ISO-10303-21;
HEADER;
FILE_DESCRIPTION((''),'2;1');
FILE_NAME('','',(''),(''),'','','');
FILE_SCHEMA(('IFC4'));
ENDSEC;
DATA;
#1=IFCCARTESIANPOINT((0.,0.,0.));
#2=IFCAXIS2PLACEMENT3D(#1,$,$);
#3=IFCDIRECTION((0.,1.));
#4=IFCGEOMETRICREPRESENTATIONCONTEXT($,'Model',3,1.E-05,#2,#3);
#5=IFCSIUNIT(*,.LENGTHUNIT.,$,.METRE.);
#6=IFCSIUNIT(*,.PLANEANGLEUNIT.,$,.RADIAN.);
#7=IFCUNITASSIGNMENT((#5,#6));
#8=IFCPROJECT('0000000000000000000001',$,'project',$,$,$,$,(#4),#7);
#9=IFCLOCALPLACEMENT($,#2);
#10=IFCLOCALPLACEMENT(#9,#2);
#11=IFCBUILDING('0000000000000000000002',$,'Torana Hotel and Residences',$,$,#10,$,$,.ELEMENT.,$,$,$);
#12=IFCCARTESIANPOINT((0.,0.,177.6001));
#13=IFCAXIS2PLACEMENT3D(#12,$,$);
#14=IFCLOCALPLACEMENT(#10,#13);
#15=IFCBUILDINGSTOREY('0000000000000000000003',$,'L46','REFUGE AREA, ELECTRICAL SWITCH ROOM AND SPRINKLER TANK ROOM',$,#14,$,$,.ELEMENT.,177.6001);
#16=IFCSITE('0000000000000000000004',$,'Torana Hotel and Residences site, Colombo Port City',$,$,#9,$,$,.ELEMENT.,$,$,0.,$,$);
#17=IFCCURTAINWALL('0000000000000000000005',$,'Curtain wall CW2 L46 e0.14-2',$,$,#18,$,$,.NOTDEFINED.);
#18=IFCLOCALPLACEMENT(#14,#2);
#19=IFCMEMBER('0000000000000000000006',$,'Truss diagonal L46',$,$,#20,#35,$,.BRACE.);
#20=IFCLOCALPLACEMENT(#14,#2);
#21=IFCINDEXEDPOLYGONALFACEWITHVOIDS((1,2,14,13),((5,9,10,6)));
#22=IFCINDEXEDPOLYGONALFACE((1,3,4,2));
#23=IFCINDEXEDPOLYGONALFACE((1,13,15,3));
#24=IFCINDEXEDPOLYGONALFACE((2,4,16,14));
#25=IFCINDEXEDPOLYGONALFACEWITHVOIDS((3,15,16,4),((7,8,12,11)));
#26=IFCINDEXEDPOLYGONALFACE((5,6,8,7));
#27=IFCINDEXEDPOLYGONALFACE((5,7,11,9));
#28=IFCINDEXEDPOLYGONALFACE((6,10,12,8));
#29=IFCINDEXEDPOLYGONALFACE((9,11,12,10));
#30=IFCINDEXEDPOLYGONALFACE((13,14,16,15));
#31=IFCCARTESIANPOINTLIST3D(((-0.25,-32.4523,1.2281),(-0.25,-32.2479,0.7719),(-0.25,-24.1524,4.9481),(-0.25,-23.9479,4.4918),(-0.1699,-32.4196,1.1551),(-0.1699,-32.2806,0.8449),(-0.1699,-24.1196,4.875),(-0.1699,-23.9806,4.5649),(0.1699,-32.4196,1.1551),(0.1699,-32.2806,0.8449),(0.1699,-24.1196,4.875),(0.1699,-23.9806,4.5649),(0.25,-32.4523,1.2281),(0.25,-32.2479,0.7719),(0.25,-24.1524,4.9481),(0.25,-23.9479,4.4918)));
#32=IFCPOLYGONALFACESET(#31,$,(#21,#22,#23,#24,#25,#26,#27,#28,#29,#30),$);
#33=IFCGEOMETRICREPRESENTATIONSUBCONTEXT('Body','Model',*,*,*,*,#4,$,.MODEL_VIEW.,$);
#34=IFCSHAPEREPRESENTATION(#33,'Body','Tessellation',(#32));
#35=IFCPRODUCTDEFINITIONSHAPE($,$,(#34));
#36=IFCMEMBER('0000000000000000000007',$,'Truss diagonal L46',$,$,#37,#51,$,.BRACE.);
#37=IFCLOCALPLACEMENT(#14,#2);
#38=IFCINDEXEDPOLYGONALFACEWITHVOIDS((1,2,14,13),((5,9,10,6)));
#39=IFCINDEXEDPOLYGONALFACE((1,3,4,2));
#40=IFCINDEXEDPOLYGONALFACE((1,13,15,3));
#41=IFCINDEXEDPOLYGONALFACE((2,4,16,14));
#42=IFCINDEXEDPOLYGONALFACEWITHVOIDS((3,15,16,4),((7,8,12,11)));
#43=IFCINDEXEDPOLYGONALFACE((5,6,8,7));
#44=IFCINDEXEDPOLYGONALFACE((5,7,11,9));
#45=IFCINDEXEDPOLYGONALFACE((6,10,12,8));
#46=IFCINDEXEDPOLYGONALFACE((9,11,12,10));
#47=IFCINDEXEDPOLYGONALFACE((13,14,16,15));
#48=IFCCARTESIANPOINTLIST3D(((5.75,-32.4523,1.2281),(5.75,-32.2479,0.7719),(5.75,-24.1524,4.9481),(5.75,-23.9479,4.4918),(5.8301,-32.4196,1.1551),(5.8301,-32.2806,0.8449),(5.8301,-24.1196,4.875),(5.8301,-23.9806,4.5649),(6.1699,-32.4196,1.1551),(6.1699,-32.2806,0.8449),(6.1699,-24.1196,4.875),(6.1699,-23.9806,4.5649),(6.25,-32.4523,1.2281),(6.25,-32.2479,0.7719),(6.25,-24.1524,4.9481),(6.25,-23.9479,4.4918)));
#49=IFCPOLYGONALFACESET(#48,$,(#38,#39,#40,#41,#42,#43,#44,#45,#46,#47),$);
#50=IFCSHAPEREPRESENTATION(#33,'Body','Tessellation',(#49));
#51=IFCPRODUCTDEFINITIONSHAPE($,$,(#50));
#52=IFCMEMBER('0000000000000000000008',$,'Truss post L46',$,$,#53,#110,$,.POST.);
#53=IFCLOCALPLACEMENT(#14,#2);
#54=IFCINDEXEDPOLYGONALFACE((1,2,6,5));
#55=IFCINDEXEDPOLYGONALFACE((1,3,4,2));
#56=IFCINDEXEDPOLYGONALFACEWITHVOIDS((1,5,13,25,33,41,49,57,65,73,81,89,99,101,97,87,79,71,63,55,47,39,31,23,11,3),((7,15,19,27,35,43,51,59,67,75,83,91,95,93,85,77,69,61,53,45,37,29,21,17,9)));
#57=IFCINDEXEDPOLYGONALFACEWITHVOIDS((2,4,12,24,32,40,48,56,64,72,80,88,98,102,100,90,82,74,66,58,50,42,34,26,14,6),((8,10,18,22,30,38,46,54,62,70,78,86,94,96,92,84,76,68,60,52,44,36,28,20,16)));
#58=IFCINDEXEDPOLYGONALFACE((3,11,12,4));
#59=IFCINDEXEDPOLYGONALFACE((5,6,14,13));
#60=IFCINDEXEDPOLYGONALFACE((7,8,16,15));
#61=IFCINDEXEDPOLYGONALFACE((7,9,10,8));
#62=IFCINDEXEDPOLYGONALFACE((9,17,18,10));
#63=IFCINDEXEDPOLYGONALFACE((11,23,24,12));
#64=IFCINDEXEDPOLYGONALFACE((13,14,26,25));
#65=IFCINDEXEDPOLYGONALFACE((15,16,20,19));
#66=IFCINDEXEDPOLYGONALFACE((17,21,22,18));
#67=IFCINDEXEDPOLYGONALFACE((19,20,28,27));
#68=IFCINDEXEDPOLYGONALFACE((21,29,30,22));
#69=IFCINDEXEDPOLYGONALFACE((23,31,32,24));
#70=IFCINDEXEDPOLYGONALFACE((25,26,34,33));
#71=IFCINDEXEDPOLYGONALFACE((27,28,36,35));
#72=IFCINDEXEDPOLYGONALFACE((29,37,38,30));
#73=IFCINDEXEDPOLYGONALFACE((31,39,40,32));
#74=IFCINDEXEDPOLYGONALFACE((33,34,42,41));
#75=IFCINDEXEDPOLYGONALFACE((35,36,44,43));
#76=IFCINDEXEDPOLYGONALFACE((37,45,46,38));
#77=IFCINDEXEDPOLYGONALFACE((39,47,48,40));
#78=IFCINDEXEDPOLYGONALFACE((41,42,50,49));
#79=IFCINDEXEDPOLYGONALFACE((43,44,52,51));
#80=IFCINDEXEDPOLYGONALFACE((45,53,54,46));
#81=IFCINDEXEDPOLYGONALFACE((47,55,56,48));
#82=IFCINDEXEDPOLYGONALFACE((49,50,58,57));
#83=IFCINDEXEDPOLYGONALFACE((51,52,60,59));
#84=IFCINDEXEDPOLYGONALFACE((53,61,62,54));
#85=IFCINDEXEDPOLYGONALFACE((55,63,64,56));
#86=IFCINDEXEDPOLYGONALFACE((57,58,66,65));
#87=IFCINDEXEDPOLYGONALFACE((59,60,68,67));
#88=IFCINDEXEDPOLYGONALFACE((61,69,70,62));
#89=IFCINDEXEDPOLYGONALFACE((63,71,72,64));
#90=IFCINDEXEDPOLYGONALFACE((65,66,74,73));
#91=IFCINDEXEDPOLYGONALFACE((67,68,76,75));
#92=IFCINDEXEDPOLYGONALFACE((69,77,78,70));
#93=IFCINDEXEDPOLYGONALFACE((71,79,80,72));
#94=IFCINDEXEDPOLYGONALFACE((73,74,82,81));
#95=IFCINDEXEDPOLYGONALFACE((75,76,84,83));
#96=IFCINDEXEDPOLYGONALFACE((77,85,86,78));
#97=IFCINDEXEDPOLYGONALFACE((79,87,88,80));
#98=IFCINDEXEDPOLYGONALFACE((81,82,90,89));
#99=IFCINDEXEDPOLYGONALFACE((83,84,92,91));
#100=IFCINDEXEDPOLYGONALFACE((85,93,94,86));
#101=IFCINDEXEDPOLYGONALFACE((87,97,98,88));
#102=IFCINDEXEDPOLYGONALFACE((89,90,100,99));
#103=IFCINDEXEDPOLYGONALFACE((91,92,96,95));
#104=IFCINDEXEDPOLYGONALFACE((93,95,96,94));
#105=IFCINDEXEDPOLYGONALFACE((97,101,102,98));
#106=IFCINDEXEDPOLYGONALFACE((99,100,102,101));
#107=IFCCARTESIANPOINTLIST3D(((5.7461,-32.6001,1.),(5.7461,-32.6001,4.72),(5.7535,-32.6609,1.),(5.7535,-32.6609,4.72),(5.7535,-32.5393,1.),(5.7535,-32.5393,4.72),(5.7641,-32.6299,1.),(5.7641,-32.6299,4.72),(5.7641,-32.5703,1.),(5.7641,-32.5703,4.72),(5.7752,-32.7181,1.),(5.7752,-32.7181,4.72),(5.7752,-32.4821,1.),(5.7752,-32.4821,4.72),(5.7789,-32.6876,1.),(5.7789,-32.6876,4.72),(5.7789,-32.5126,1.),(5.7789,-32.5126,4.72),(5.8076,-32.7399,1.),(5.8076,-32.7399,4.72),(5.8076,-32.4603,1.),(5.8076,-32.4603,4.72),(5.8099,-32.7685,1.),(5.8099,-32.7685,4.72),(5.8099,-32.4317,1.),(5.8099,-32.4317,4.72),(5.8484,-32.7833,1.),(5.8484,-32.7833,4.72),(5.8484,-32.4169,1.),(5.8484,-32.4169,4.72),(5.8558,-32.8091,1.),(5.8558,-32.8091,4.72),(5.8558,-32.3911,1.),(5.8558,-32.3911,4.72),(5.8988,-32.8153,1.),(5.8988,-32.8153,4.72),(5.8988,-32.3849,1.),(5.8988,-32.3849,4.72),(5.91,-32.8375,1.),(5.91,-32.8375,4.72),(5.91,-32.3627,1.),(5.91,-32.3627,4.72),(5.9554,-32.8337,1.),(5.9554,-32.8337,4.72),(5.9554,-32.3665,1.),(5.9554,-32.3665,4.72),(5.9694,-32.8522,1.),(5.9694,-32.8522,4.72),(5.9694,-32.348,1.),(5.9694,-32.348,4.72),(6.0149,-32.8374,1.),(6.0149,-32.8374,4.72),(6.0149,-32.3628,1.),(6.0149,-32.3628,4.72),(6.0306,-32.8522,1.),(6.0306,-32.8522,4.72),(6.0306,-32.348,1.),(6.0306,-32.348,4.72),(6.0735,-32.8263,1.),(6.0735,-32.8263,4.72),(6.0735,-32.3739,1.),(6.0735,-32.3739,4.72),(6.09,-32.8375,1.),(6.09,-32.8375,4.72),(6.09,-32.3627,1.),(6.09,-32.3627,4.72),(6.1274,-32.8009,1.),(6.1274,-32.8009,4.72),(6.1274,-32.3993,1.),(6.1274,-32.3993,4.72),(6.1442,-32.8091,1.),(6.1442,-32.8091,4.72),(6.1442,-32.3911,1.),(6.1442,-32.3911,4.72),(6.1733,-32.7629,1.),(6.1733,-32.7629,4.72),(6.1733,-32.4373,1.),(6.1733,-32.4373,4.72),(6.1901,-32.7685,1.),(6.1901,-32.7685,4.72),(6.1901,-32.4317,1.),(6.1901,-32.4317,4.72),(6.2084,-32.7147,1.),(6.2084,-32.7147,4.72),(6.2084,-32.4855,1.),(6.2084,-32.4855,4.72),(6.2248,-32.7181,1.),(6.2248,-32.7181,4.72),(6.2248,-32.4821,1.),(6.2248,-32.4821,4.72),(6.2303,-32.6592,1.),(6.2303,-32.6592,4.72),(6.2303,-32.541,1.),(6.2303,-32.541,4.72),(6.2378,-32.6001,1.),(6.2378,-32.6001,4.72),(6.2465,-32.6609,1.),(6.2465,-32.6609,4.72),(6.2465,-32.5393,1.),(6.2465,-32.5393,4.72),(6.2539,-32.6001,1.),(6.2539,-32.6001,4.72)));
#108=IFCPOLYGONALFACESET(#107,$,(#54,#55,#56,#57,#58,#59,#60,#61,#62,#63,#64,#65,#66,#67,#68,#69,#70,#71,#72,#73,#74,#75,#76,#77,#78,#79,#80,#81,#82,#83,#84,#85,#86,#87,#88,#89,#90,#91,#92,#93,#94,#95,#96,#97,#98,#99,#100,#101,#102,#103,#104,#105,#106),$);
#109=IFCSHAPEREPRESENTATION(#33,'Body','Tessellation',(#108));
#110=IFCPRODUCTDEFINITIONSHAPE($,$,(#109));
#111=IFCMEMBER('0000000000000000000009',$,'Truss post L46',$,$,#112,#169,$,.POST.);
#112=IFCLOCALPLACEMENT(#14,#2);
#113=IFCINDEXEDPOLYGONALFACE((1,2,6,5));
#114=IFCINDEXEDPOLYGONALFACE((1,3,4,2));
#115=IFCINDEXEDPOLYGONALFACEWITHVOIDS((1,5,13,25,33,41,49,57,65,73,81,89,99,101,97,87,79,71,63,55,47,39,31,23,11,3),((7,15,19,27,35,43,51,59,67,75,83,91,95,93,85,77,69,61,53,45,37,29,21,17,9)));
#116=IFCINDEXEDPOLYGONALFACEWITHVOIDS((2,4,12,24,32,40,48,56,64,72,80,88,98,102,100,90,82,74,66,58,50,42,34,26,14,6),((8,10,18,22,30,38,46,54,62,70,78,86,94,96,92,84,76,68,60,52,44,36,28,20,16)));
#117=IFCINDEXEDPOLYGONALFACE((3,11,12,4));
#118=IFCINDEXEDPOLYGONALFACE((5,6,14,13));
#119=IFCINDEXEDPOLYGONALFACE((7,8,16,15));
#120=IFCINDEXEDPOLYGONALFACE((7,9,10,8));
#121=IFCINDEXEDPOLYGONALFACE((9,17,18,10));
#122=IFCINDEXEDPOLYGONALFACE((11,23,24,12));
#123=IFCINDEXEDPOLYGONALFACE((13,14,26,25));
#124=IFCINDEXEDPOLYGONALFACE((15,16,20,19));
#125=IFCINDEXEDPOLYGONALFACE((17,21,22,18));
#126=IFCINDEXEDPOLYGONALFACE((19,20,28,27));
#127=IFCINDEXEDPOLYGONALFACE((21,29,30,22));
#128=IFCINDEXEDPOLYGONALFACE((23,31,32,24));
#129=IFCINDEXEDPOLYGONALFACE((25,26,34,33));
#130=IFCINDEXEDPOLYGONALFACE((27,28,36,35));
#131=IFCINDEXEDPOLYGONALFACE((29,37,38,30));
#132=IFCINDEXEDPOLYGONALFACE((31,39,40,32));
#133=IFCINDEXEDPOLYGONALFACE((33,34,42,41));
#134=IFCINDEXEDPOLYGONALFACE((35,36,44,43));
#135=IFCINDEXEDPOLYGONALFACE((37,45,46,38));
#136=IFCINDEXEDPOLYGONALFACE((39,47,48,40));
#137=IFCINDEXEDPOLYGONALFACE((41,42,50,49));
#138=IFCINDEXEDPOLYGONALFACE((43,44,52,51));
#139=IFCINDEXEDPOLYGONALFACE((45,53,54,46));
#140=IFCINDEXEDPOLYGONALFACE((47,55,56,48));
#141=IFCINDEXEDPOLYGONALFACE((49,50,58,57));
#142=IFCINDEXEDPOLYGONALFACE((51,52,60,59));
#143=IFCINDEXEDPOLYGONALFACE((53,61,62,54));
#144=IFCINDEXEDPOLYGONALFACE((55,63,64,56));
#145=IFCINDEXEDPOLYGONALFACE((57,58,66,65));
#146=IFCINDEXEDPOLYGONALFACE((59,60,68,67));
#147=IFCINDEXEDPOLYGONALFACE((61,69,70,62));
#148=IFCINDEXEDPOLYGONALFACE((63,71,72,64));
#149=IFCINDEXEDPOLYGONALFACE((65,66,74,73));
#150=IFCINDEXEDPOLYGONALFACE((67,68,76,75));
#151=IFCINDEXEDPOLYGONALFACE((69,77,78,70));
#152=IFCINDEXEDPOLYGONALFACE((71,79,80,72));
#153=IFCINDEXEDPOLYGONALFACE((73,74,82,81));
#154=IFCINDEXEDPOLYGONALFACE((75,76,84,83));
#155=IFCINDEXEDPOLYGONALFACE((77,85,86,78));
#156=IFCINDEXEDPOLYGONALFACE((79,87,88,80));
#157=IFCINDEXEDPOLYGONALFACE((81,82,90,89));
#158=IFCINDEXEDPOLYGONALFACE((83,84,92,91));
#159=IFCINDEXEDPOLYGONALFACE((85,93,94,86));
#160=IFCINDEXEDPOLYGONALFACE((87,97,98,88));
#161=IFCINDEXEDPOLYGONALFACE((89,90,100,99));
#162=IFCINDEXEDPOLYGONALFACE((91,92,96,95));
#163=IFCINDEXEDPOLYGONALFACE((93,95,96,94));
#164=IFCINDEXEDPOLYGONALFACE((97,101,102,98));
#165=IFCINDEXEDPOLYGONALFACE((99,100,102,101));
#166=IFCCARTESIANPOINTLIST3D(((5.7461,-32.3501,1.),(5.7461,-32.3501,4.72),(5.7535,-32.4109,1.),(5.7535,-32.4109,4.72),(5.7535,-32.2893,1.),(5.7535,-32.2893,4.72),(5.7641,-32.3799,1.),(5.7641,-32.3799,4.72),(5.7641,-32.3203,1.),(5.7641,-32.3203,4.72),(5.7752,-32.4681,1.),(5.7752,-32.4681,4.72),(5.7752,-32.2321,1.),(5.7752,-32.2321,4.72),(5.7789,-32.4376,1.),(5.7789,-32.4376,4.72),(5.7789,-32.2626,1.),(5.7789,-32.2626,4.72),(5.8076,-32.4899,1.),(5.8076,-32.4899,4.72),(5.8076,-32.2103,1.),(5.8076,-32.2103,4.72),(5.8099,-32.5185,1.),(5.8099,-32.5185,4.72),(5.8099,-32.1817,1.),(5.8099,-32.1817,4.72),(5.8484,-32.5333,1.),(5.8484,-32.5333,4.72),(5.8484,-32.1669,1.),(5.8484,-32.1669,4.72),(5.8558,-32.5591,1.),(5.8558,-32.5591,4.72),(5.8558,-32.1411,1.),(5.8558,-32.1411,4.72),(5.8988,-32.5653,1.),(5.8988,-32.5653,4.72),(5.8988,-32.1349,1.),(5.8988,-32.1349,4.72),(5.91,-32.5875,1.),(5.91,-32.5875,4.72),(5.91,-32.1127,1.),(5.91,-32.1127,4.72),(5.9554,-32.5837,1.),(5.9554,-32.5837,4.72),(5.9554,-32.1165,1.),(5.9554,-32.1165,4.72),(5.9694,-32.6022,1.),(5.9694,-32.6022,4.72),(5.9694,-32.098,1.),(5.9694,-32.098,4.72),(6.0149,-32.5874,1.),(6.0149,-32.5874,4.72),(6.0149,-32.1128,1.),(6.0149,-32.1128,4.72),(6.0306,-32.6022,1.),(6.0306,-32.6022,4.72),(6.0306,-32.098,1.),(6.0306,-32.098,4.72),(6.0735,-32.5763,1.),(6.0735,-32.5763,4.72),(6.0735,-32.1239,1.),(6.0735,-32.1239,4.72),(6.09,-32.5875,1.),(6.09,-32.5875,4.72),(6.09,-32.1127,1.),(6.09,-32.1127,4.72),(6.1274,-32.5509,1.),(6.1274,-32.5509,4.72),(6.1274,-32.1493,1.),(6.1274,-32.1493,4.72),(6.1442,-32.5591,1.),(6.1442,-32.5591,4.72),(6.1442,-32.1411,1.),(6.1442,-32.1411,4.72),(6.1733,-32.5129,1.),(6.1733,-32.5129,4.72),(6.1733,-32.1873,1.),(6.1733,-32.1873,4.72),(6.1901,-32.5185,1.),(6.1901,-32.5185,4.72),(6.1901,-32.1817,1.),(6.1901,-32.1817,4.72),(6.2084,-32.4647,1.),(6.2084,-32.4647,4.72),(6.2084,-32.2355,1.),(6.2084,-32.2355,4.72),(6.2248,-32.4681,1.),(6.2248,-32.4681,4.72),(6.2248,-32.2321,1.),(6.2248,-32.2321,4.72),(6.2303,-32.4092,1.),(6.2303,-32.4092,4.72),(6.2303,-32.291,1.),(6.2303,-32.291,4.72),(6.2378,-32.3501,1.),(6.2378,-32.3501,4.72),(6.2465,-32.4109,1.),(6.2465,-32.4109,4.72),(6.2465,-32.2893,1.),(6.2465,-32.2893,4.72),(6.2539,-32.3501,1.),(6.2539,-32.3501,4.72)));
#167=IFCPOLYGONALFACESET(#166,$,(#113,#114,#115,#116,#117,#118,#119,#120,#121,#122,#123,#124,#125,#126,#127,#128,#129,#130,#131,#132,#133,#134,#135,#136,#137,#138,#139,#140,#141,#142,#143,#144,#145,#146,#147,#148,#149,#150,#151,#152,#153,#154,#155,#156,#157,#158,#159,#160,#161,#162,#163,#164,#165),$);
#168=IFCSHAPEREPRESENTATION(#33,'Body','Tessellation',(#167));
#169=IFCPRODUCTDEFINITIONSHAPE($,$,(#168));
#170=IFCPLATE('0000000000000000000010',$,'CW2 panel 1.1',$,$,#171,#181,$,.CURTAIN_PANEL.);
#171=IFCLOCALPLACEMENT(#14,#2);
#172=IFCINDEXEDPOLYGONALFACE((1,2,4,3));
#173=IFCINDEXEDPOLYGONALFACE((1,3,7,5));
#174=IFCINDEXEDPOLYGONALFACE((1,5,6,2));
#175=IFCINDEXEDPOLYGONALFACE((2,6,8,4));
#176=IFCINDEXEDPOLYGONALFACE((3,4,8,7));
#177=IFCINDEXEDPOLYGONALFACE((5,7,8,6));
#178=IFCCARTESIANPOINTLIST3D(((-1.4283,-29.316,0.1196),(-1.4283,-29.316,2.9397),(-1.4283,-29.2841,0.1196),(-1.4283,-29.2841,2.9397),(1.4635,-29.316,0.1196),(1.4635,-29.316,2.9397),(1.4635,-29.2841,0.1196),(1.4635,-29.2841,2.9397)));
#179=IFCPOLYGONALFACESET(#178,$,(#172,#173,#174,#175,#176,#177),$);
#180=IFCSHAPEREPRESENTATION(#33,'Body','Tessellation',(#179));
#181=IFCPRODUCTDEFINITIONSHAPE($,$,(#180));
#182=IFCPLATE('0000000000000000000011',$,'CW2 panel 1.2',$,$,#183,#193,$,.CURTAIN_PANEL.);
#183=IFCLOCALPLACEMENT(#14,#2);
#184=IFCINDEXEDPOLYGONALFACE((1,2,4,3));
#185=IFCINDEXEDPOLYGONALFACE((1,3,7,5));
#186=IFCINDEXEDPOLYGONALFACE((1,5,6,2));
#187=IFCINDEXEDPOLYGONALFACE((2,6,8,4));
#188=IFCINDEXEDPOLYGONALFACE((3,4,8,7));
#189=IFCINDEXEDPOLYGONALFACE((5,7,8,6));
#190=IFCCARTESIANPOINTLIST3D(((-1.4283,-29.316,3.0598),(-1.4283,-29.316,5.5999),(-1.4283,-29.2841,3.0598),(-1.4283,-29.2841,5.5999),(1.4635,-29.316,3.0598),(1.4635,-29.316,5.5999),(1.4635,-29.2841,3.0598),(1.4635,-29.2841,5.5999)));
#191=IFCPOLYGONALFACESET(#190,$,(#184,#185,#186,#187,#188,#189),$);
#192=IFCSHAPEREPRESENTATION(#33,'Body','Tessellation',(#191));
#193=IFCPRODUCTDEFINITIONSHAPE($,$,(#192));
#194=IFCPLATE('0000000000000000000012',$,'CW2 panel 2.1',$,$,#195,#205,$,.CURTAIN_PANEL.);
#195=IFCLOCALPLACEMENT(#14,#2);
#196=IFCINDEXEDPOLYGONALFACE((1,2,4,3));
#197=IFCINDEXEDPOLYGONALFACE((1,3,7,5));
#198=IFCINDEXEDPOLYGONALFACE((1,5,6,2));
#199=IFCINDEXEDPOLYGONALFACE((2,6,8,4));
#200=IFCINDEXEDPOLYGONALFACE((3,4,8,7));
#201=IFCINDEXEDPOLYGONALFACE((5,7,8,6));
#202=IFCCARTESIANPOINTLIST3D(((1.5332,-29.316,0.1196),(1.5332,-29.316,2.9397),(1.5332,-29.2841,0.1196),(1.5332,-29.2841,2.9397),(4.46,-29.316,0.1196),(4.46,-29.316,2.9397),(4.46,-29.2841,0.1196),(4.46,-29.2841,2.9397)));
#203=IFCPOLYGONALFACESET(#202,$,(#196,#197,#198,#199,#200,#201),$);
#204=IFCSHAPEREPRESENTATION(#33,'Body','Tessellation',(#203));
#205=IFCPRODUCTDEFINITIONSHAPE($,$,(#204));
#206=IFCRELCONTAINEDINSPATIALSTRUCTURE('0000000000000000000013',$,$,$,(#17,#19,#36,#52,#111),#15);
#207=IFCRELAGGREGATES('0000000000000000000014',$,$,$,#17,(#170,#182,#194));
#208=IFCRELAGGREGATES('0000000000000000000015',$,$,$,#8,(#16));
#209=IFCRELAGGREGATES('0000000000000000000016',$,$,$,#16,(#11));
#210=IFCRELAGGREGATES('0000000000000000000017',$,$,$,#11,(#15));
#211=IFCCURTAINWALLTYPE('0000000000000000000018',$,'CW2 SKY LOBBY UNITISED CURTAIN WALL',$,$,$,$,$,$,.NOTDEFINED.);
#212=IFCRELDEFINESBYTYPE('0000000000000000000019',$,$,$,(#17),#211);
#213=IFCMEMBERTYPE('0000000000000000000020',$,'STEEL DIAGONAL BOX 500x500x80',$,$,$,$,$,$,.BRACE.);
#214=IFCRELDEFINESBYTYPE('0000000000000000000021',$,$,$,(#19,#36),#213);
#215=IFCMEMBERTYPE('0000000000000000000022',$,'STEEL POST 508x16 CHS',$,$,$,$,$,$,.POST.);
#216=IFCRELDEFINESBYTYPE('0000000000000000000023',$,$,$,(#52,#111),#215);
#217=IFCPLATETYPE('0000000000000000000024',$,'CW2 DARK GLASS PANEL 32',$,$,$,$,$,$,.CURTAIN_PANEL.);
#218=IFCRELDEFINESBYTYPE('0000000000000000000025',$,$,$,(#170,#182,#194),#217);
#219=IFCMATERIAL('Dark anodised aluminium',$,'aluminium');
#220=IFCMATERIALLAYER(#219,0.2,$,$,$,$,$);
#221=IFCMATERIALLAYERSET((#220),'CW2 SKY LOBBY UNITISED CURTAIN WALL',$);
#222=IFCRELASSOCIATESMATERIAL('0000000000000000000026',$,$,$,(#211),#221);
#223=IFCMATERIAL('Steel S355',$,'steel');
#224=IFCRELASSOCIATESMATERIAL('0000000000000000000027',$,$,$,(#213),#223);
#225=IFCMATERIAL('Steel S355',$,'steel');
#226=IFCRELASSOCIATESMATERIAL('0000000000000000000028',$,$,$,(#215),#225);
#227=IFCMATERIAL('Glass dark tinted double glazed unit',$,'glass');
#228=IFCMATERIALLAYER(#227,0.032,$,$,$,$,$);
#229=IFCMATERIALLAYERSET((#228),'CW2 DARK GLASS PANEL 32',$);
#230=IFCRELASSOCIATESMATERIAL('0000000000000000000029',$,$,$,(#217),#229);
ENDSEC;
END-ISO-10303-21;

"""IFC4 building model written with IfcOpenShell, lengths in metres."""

from ifc_helpers import new_model, si_unit, direction, frame, origin, origin_2d, place, context, subcontext, project, spatial, rectangle, hollow_rectangle, hollow_circle, extrude, material, layer, layer_set, material_profile, profile_set, type_object, element, aggregate, save


model = new_model("IFC4")

# Units and contexts
model_context = context("Model", 3, precision=1e-05, world=origin(), true_north=direction((0.0, 1.0)))
body_context = subcontext(model_context, "Body", "Model", "MODEL_VIEW")
ifc_project = project(units=[si_unit("LENGTHUNIT", "METRE"), si_unit("PLANEANGLEUNIT", "RADIAN")], contexts=[model_context])

# Site, building, storey
site_placement = place(None, origin())
site = spatial("IfcSite", under=ifc_project, at=site_placement, Name="Torana Hotel and Residences site, Colombo Port City", CompositionType="ELEMENT", RefElevation=0.0)
building_placement = place(site_placement, origin())
building = spatial("IfcBuilding", under=site, at=building_placement, Name="Torana Hotel and Residences", CompositionType="ELEMENT")
storey_placement = place(building_placement, frame((0.0, 0.0, 177.6001)))
storey = spatial("IfcBuildingStorey", under=building, at=storey_placement, Name="L46", Description="REFUGE AREA, ELECTRICAL SWITCH ROOM AND SPRINKLER TANK ROOM", CompositionType="ELEMENT", Elevation=177.6001)

# Curtain wall
ifc_material_1 = material(Name="Dark anodised aluminium", Category="aluminium")
ifc_layer_1 = layer(ifc_material_1, 0.2)
ifc_layer_set_1 = layer_set([ifc_layer_1], Name="CW2 SKY LOBBY UNITISED CURTAIN WALL")
curtain_wall_type = type_object("IfcCurtainWallType", Name="CW2 SKY LOBBY UNITISED CURTAIN WALL", PredefinedType="NOTDEFINED", material=ifc_layer_set_1)
curtain_wall_placement = place(storey_placement, origin())
curtain_wall = element("IfcCurtainWall", 1, at=curtain_wall_placement, inside=storey, type_object=curtain_wall_type, Name="Curtain wall CW2 L46 e0.14-2", PredefinedType="NOTDEFINED")

# Members
ifc_material_2 = material(Name="Steel S355", Category="steel")
ifc_material_profile_1 = material_profile(ifc_material_2, hollow_rectangle(XDim=0.5, YDim=0.5, WallThickness=0.0801, at=origin_2d()), Name="BOX 500x500x80")
ifc_profile_set_1 = profile_set([ifc_material_profile_1], Name="Steel S355")
member_type_1 = type_object("IfcMemberType", Name="STEEL DIAGONAL BOX 500x500x80", PredefinedType="BRACE", material=ifc_profile_set_1)
for number, where, z_axis, x_axis, name in (
    (2, (0.0, -32.3501, 1.0), (0.0, 0.91254, 0.408988), (-1.0, 0.0, 0.0), "Truss diagonal L46"),
    (3, (6.0, -32.3501, 1.0), (0.0, 0.91254, 0.408988), (-1.0, 0.0, 0.0), "Truss diagonal L46"),
):
    element("IfcMember", number, at=place(storey_placement, frame(where, z_axis=z_axis, x_axis=x_axis)), inside=storey, type_object=member_type_1, Name=name, PredefinedType="BRACE", context=body_context, shape_type="SweptSolid", body=[
        extrude(hollow_rectangle(XDim=0.5, YDim=0.5, WallThickness=0.0801, at=origin_2d()), origin(), (0.0, 0.0, 1.0), 9.0955),
    ])
ifc_material_3 = material(Name="Steel S355", Category="steel")
ifc_material_profile_2 = material_profile(ifc_material_3, hollow_circle(Radius=0.2539, WallThickness=0.0161, at=origin_2d()), Name="508x16 CHS")
ifc_profile_set_2 = profile_set([ifc_material_profile_2], Name="Steel S355")
member_type_2 = type_object("IfcMemberType", Name="STEEL POST 508x16 CHS", PredefinedType="POST", material=ifc_profile_set_2)
for number, where, z_axis, x_axis, name in (
    (4, (6.0, -32.6001, 1.0), (0.0, 0.0, 1.0), (1.0, 0.0, 0.0), "Truss post L46"),
    (5, (6.0, -32.3501, 1.0), (0.0, 0.0, 1.0), (1.0, 0.0, 0.0), "Truss post L46"),
):
    element("IfcMember", number, at=place(storey_placement, frame(where, z_axis=z_axis, x_axis=x_axis)), inside=storey, type_object=member_type_2, Name=name, PredefinedType="POST", context=body_context, shape_type="SweptSolid", body=[
        extrude(hollow_circle(Radius=0.2539, WallThickness=0.0161, at=origin_2d()), origin(), (0.0, 0.0, 1.0), 3.72),
    ])

# Plates
ifc_material_4 = material(Name="Glass dark tinted double glazed unit", Category="glass")
ifc_layer_2 = layer(ifc_material_4, 0.032)
ifc_layer_set_2 = layer_set([ifc_layer_2], Name="CW2 DARK GLASS PANEL 32")
plate_type = type_object("IfcPlateType", Name="CW2 DARK GLASS PANEL 32", PredefinedType="CURTAIN_PANEL", material=ifc_layer_set_2)
plate_1_placement = place(storey_placement, frame((0.0176, -29.3, 0.1196), z_axis=(0.0, 0.0, 1.0), x_axis=(1.0, 0.0, 0.0)))
plate_1 = element("IfcPlate", 6, at=plate_1_placement, type_object=plate_type, Name="CW2 panel 1.1", PredefinedType="CURTAIN_PANEL", context=body_context, shape_type="SweptSolid", body=[
    extrude(rectangle(XDim=2.8918, YDim=0.032, at=origin_2d()), origin(), (0.0, 0.0, 1.0), 2.8201),
])
plate_2_placement = place(storey_placement, frame((0.0176, -29.3, 3.0598), z_axis=(0.0, 0.0, 1.0), x_axis=(1.0, 0.0, 0.0)))
plate_2 = element("IfcPlate", 7, at=plate_2_placement, type_object=plate_type, Name="CW2 panel 1.2", PredefinedType="CURTAIN_PANEL", context=body_context, shape_type="SweptSolid", body=[
    extrude(rectangle(XDim=2.8918, YDim=0.032, at=origin_2d()), origin(), (0.0, 0.0, 1.0), 2.54),
])
plate_3_placement = place(storey_placement, frame((2.9966, -29.3, 0.1196), z_axis=(0.0, 0.0, 1.0), x_axis=(1.0, 0.0, 0.0)))
plate_3 = element("IfcPlate", 8, at=plate_3_placement, type_object=plate_type, Name="CW2 panel 2.1", PredefinedType="CURTAIN_PANEL", context=body_context, shape_type="SweptSolid", body=[
    extrude(rectangle(XDim=2.9268, YDim=0.032, at=origin_2d()), origin(), (0.0, 0.0, 1.0), 2.8201),
])
aggregate(curtain_wall, [plate_1, plate_2, plate_3])

save(model, "model.ifc")
